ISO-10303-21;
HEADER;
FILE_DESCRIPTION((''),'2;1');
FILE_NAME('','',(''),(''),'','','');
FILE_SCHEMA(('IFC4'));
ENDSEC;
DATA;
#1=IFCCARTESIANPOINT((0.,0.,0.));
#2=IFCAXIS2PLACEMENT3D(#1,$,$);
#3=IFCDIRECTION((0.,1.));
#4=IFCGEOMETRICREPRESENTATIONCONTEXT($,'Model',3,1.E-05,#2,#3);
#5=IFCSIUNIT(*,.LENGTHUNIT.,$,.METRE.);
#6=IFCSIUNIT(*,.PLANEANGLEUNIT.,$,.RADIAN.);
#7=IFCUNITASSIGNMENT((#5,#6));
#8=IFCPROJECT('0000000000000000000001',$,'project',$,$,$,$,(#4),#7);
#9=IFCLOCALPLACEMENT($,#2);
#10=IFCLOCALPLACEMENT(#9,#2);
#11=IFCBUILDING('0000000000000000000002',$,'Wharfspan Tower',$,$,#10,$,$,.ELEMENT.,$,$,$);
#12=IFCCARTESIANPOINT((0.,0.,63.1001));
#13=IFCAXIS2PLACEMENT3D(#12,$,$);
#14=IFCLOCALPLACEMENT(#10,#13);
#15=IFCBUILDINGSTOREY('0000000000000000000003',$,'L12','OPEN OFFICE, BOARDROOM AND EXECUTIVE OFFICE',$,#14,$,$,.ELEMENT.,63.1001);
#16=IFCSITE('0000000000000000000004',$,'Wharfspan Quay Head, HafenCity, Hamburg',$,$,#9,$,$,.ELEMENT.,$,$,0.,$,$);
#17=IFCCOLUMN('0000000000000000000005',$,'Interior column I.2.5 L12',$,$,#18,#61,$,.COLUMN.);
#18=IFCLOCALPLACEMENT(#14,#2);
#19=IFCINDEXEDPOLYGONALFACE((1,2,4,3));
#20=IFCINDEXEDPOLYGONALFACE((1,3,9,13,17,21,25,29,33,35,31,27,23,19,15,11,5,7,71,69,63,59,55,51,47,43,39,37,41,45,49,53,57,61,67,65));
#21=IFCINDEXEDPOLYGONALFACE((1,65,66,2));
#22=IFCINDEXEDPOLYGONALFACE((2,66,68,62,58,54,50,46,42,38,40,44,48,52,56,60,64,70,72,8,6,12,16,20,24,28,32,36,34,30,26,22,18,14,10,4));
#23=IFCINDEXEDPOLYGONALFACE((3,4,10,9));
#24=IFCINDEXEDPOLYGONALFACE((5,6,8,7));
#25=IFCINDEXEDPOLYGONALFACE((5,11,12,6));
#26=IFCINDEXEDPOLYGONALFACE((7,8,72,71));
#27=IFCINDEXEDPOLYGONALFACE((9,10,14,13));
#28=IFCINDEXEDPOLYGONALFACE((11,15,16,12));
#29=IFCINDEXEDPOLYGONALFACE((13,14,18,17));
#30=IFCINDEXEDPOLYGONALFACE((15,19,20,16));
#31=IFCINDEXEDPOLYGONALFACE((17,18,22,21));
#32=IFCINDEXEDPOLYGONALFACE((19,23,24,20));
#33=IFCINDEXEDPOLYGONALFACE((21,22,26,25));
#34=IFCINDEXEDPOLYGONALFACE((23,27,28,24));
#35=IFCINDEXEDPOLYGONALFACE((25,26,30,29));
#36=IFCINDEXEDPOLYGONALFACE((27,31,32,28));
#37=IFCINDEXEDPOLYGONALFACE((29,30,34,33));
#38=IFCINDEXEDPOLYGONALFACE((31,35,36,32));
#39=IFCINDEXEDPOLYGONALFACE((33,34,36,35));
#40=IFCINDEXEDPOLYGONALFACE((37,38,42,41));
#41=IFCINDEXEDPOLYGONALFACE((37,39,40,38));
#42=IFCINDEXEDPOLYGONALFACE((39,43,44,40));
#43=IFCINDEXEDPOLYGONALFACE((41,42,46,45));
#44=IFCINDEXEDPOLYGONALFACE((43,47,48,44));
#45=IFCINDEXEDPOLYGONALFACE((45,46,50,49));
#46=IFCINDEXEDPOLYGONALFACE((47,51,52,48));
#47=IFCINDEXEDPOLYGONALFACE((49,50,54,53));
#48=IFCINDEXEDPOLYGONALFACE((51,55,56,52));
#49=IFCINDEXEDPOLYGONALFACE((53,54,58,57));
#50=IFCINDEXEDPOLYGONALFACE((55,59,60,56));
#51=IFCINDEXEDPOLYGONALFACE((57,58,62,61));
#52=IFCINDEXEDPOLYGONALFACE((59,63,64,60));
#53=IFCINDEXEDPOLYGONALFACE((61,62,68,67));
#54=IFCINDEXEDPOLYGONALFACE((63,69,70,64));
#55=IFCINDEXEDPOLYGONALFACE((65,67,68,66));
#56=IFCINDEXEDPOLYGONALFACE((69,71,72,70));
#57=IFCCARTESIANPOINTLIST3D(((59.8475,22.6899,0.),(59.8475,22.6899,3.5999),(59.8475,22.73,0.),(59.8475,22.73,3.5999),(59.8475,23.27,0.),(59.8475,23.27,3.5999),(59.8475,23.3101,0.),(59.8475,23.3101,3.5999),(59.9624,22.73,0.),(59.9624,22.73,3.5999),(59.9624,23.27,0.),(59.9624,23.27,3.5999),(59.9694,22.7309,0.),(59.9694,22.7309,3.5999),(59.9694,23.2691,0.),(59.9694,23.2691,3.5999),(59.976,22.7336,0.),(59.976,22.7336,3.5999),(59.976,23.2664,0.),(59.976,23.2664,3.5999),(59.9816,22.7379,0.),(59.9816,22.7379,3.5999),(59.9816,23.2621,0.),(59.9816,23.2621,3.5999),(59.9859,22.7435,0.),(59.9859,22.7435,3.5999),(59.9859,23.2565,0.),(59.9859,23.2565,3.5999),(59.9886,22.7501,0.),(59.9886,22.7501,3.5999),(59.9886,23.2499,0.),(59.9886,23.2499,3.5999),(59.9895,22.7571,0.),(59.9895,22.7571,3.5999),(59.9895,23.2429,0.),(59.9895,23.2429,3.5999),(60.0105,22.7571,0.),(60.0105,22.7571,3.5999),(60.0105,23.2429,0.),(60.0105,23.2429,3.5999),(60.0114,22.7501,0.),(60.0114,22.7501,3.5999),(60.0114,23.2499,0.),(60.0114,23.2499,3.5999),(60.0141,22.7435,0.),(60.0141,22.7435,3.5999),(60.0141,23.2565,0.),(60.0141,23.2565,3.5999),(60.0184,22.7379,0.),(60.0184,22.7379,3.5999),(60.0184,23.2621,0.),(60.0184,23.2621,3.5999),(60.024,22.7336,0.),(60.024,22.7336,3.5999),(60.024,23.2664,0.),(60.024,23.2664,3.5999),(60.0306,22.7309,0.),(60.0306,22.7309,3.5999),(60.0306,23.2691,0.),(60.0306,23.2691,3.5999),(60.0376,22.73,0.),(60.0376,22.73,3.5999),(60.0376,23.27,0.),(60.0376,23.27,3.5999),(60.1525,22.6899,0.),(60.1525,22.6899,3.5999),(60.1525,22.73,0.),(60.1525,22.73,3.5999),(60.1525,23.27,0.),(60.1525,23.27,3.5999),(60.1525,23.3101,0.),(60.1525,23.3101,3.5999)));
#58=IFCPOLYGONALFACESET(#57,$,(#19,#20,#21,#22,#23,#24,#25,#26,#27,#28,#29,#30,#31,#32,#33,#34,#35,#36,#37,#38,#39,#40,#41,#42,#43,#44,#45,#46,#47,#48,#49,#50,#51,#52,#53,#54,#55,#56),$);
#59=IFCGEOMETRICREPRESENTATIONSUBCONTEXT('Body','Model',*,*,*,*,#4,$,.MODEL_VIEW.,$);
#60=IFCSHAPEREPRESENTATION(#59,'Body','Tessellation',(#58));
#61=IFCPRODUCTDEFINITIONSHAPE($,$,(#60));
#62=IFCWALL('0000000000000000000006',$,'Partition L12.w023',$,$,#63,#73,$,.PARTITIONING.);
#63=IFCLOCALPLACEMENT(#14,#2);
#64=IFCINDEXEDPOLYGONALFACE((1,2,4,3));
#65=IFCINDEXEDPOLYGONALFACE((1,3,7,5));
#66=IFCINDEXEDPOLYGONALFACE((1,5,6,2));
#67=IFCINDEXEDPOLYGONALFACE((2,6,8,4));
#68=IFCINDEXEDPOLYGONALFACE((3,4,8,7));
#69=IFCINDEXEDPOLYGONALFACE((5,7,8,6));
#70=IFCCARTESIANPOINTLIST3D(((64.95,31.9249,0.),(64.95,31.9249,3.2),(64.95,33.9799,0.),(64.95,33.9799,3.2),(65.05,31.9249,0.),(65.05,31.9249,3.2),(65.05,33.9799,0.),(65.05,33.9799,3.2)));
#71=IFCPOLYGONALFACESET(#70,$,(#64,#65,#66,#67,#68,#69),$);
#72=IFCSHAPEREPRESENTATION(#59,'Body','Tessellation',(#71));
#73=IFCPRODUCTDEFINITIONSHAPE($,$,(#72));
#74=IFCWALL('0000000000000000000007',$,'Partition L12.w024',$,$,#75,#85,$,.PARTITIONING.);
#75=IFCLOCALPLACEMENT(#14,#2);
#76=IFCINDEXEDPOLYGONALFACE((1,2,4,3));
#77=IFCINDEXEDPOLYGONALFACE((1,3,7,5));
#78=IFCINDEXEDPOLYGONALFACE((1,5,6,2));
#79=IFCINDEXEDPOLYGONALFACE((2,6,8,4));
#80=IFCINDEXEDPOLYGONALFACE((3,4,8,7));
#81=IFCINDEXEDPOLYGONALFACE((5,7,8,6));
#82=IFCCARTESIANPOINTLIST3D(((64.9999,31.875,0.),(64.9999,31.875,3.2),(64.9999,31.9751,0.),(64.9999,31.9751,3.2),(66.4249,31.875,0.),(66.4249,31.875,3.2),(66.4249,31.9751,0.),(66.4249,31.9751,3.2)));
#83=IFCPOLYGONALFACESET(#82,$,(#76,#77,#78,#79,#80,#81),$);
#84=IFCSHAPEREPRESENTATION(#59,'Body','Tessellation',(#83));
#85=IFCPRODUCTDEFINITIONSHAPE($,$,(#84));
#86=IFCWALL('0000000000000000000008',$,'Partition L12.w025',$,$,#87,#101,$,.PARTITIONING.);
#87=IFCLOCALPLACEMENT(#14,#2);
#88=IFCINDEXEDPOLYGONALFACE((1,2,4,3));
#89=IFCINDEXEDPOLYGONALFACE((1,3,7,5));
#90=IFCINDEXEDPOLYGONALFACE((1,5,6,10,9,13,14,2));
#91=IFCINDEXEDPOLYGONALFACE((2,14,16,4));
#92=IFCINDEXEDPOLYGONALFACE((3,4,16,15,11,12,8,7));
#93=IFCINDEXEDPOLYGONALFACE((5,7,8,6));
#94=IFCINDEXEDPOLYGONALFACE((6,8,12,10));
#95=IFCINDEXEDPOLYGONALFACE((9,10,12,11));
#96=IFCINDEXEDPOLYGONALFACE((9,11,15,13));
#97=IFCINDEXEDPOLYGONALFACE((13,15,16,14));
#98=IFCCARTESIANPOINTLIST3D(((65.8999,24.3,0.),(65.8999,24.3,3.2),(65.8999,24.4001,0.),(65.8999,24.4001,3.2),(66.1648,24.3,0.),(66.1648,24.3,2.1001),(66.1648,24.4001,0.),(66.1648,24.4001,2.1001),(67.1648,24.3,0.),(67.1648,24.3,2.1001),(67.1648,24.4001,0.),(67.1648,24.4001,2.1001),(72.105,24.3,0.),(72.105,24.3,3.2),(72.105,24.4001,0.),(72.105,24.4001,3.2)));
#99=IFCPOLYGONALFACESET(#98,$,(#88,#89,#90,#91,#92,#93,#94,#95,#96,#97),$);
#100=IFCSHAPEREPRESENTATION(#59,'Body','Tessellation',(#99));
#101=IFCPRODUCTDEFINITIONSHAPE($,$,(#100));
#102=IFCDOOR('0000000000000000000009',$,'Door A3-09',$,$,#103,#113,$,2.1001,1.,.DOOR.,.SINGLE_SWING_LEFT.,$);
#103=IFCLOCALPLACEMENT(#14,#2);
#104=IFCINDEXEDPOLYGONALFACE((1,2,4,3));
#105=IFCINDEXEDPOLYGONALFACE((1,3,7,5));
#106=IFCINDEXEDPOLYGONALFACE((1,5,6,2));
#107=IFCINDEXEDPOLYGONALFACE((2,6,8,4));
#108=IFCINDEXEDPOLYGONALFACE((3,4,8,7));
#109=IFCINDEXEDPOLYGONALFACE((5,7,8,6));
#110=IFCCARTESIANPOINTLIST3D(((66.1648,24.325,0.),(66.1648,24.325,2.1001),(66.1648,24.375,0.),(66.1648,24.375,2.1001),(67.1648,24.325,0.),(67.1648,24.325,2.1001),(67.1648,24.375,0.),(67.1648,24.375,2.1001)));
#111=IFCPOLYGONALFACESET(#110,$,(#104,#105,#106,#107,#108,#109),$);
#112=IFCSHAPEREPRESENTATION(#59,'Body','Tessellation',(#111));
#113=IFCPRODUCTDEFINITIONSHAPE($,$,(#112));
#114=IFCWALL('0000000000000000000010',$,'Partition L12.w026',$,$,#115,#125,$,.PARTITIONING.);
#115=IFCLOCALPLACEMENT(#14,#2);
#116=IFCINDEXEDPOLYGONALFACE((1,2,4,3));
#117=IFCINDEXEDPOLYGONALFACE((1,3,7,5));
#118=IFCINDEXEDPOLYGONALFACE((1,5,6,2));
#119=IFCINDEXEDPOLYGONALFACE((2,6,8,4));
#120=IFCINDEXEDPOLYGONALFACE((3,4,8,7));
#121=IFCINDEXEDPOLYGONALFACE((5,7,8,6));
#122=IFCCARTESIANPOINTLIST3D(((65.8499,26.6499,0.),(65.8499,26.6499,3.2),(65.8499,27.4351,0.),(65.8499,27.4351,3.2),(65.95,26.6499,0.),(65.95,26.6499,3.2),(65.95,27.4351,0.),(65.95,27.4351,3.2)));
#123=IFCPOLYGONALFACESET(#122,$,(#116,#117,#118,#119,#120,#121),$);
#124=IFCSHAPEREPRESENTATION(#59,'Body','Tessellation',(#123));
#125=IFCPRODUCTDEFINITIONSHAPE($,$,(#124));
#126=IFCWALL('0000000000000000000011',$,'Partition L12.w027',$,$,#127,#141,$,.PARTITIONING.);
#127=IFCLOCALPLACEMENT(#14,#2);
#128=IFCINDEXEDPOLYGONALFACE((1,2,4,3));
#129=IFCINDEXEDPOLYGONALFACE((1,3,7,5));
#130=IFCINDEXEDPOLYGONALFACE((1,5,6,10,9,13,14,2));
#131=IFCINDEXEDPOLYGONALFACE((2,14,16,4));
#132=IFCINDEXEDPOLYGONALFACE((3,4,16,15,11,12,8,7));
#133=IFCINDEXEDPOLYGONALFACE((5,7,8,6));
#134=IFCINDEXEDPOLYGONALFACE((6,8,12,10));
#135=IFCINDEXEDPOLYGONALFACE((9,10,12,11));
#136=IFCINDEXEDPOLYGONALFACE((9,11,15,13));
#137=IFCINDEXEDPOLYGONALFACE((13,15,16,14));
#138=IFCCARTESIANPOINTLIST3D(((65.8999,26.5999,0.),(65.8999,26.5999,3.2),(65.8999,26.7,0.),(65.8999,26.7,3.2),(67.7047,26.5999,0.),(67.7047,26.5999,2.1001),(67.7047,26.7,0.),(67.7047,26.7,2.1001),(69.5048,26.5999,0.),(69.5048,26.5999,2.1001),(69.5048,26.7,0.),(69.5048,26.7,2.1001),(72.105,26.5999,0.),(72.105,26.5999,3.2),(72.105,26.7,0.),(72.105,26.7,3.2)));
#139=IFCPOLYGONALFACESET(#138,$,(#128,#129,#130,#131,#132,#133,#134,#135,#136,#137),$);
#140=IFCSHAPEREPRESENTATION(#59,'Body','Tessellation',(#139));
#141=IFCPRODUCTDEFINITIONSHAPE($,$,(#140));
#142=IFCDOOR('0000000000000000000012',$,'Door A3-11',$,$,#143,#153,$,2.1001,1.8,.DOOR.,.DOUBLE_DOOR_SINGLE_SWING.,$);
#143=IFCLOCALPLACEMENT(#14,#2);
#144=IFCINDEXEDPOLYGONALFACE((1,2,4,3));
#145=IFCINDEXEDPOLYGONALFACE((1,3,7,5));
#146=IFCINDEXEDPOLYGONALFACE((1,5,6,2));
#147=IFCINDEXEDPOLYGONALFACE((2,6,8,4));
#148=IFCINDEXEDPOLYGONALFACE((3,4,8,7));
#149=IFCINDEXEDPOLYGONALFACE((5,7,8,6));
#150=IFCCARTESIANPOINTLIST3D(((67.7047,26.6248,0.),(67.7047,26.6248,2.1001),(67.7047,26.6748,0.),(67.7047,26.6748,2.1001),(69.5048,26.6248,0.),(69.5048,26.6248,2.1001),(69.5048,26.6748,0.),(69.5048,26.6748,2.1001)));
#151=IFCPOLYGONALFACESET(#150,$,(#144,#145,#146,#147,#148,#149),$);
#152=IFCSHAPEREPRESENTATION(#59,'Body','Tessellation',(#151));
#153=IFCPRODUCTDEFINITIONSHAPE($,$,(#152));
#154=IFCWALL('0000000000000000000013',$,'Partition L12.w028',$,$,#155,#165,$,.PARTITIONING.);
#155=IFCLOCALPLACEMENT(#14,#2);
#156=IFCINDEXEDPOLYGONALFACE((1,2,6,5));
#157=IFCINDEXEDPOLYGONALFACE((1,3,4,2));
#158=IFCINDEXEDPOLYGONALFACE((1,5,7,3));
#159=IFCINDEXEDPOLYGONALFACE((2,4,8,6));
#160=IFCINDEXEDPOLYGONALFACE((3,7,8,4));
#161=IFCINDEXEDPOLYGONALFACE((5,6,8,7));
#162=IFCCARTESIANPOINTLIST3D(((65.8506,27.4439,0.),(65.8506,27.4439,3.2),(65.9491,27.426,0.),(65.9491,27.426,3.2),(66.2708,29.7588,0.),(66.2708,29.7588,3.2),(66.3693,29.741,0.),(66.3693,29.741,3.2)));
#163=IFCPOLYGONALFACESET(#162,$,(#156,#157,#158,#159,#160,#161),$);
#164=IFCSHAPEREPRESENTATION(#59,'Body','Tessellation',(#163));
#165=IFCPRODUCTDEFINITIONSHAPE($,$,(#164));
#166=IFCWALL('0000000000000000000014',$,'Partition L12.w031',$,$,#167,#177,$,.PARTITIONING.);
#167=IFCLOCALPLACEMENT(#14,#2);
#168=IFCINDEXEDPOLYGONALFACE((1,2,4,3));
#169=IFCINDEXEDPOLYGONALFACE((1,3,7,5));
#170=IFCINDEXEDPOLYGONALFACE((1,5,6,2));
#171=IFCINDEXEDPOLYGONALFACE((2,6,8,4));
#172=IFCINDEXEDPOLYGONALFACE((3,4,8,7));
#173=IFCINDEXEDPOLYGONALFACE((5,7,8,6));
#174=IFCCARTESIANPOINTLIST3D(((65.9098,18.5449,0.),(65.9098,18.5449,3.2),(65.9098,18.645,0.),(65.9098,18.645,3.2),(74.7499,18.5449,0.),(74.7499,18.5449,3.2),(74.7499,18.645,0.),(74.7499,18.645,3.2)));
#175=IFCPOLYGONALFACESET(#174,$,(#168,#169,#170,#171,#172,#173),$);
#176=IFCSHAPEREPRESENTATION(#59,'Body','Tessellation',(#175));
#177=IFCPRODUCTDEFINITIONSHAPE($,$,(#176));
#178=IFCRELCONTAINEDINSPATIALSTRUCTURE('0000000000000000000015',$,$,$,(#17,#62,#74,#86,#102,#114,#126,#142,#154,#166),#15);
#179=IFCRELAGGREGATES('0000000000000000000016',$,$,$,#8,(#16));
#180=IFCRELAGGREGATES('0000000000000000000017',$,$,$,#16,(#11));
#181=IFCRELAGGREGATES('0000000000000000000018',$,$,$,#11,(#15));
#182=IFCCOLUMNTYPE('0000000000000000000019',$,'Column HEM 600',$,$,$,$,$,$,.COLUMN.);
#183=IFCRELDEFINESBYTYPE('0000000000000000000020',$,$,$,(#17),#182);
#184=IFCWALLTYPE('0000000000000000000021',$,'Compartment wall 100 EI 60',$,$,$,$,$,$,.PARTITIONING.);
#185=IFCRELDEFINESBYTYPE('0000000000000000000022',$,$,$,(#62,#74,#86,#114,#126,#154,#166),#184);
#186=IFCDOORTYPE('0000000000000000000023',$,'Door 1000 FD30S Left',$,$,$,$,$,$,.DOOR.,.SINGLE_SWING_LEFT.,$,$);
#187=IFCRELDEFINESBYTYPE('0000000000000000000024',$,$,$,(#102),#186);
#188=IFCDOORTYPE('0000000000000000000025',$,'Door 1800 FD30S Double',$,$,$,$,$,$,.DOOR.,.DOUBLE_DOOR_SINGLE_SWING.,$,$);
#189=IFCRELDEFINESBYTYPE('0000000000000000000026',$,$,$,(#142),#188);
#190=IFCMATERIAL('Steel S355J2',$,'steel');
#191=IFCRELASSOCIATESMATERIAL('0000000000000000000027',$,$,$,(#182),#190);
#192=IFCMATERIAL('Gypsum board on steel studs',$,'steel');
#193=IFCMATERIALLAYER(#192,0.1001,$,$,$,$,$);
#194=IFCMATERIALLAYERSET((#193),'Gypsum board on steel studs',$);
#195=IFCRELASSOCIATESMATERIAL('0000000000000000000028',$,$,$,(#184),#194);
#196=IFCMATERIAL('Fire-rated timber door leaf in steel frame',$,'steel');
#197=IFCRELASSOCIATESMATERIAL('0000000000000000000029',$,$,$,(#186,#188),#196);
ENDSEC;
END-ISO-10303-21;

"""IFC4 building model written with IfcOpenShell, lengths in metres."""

from ifc_helpers import new_model, si_unit, direction, frame, frame_2d, origin, origin_2d, place, context, subcontext, project, spatial, rectangle, i_section, extrude, material, layer, layer_set, material_profile, profile_set, type_object, element, fill, save


model = new_model("IFC4")

# Units and contexts
model_context = context("Model", 3, precision=1e-05, world=origin(), true_north=direction((0.0, 1.0)))
body_context = subcontext(model_context, "Body", "Model", "MODEL_VIEW")
ifc_project = project(units=[si_unit("LENGTHUNIT", "METRE"), si_unit("PLANEANGLEUNIT", "RADIAN")], contexts=[model_context])

# Site, building, storey
site_placement = place(None, origin())
site = spatial("IfcSite", under=ifc_project, at=site_placement, Name="Wharfspan Quay Head, HafenCity, Hamburg", CompositionType="ELEMENT", RefElevation=0.0)
building_placement = place(site_placement, origin())
building = spatial("IfcBuilding", under=site, at=building_placement, Name="Wharfspan Tower", CompositionType="ELEMENT")
storey_placement = place(building_placement, frame((0.0, 0.0, 63.1001)))
storey = spatial("IfcBuildingStorey", under=building, at=storey_placement, Name="L12", Description="OPEN OFFICE, BOARDROOM AND EXECUTIVE OFFICE", CompositionType="ELEMENT", Elevation=63.1001)

# Column
ifc_material_1 = material(Name="Steel S355J2", Category="steel")
ifc_material_profile = material_profile(ifc_material_1, i_section(OverallWidth=0.3049, OverallDepth=0.6201, WebThickness=0.021, FlangeThickness=0.04, FilletRadius=0.0271, at=origin_2d()))
ifc_profile_set = profile_set([ifc_material_profile], Name="Steel S355J2")
column_type = type_object("IfcColumnType", Name="Column HEM 600", PredefinedType="COLUMN", material=ifc_profile_set)
column_placement = place(storey_placement, frame((60.0, 23.0, 0.0), z_axis=(0.0, 0.0, 1.0), x_axis=(1.0, 0.0, 0.0)))
element("IfcColumn", 1, at=column_placement, inside=storey, type_object=column_type, Name="Interior column I.2.5 L12", PredefinedType="COLUMN", context=body_context, shape_type="SweptSolid", body=[
    extrude(i_section(OverallWidth=0.3049, OverallDepth=0.6201, WebThickness=0.021, FlangeThickness=0.04, FilletRadius=0.0271, at=origin_2d()), origin(), (0.0, 0.0, 1.0), 3.5999),
])

# Walls
ifc_material_2 = material(Name="Gypsum board on steel studs", Category="steel")
ifc_layer_1 = layer(ifc_material_2, 0.1001)
ifc_layer_set_1 = layer_set([ifc_layer_1], Name="Gypsum board on steel studs")
wall_type_1 = type_object("IfcWallType", Name="Compartment wall 100 EI 60", PredefinedType="PARTITIONING", material=ifc_layer_set_1)
wall_1_placement = place(storey_placement, frame((65.0, 31.925, 0.0), z_axis=(0.0, 0.0, 1.0), x_axis=(0.0, 1.0, 0.0)))
element("IfcWall", 2, at=wall_1_placement, inside=storey, type_object=wall_type_1, Name="Partition L12.w023", PredefinedType="PARTITIONING", context=body_context, shape_type="SweptSolid", body=[
    extrude(rectangle(XDim=2.0549, YDim=0.1001, at=frame_2d((1.0273, 0.0))), origin(), (0.0, 0.0, 1.0), 3.2),
])
wall_2_placement = place(storey_placement, frame((65.0, 31.925, 0.0), z_axis=(0.0, 0.0, 1.0), x_axis=(1.0, 0.0, 0.0)))
element("IfcWall", 3, at=wall_2_placement, inside=storey, type_object=wall_type_1, Name="Partition L12.w024", PredefinedType="PARTITIONING", context=body_context, shape_type="SweptSolid", body=[
    extrude(rectangle(XDim=1.425, YDim=0.1001, at=frame_2d((0.7124, 0.0))), origin(), (0.0, 0.0, 1.0), 3.2),
])

# Wall, opening, door
wall_3_placement = place(storey_placement, frame((65.8999, 24.3501, 0.0), z_axis=(0.0, 0.0, 1.0), x_axis=(1.0, 0.0, 0.0)))
wall_3 = element("IfcWall", 4, at=wall_3_placement, inside=storey, type_object=wall_type_1, Name="Partition L12.w025", PredefinedType="PARTITIONING", context=body_context, shape_type="SweptSolid", body=[
    extrude(rectangle(XDim=6.2051, YDim=0.1001, at=frame_2d((3.1025, 0.0))), origin(), (0.0, 0.0, 1.0), 3.2),
])
opening_1_placement = place(wall_3_placement, frame((0.2649, 0.0, 0.0)))
opening_1 = element("IfcOpeningElement", 5, at=opening_1_placement, cuts=wall_3, PredefinedType="OPENING", context=body_context, shape_type="SweptSolid", body=[
    extrude(rectangle(XDim=1.0, YDim=2.1001, at=frame_2d((0.5, 1.05))), frame((0.0, 0.0601, 0.0), z_axis=(0.0, -1.0, 0.0), x_axis=(1.0, 0.0, 0.0)), (0.0, 0.0, 1.0), 0.1201),
])
ifc_material_3 = material(Name="Fire-rated timber door leaf in steel frame", Category="steel")
door_type_1 = type_object("IfcDoorType", Name="Door 1000 FD30S Left", OperationType="SINGLE_SWING_LEFT", PredefinedType="DOOR", material=ifc_material_3)
door_1_placement = place(opening_1_placement, origin())
door_1 = element("IfcDoor", 6, at=door_1_placement, inside=storey, type_object=door_type_1, Name="Door A3-09", OperationType="SINGLE_SWING_LEFT", OverallHeight=2.1001, OverallWidth=1.0, PredefinedType="DOOR", context=body_context, shape_type="SweptSolid", body=[
    extrude(rectangle(XDim=1.0, YDim=2.1001, at=frame_2d((0.5, 1.05))), frame((0.0, 0.0249, 0.0), z_axis=(0.0, -1.0, 0.0), x_axis=(1.0, 0.0, 0.0)), (0.0, 0.0, 1.0), 0.05),
])
fill(opening_1, door_1)

# Wall
wall_4_placement = place(storey_placement, frame((65.8999, 26.6499, 0.0), z_axis=(0.0, 0.0, 1.0), x_axis=(0.0, 1.0, 0.0)))
element("IfcWall", 7, at=wall_4_placement, inside=storey, type_object=wall_type_1, Name="Partition L12.w026", PredefinedType="PARTITIONING", context=body_context, shape_type="SweptSolid", body=[
    extrude(rectangle(XDim=0.7852, YDim=0.1001, at=frame_2d((0.3926, 0.0))), origin(), (0.0, 0.0, 1.0), 3.2),
])

# Wall, opening, door
wall_5_placement = place(storey_placement, frame((65.8999, 26.6499, 0.0), z_axis=(0.0, 0.0, 1.0), x_axis=(1.0, 0.0, 0.0)))
wall_5 = element("IfcWall", 8, at=wall_5_placement, inside=storey, type_object=wall_type_1, Name="Partition L12.w027", PredefinedType="PARTITIONING", context=body_context, shape_type="SweptSolid", body=[
    extrude(rectangle(XDim=6.2051, YDim=0.1001, at=frame_2d((3.1025, 0.0))), origin(), (0.0, 0.0, 1.0), 3.2),
])
opening_2_placement = place(wall_5_placement, frame((1.8049, 0.0, 0.0)))
opening_2 = element("IfcOpeningElement", 9, at=opening_2_placement, cuts=wall_5, PredefinedType="OPENING", context=body_context, shape_type="SweptSolid", body=[
    extrude(rectangle(XDim=1.8, YDim=2.1001, at=frame_2d((0.8999, 1.05))), frame((0.0, 0.0601, 0.0), z_axis=(0.0, -1.0, 0.0), x_axis=(1.0, 0.0, 0.0)), (0.0, 0.0, 1.0), 0.1201),
])
door_type_2 = type_object("IfcDoorType", Name="Door 1800 FD30S Double", OperationType="DOUBLE_DOOR_SINGLE_SWING", PredefinedType="DOOR", material=ifc_material_3)
door_2_placement = place(opening_2_placement, origin())
door_2 = element("IfcDoor", 10, at=door_2_placement, inside=storey, type_object=door_type_2, Name="Door A3-11", OperationType="DOUBLE_DOOR_SINGLE_SWING", OverallHeight=2.1001, OverallWidth=1.8, PredefinedType="DOOR", context=body_context, shape_type="SweptSolid", body=[
    extrude(rectangle(XDim=1.8, YDim=2.1001, at=frame_2d((0.8999, 1.05))), frame((0.0, 0.0249, 0.0), z_axis=(0.0, -1.0, 0.0), x_axis=(1.0, 0.0, 0.0)), (0.0, 0.0, 1.0), 0.05),
])
fill(opening_2, door_2)

# Walls
wall_6_placement = place(storey_placement, frame((65.8999, 27.4351, 0.0), z_axis=(0.0, 0.0, 1.0), x_axis=(0.178584, 0.983924, 0.0)))
element("IfcWall", 11, at=wall_6_placement, inside=storey, type_object=wall_type_1, Name="Partition L12.w028", PredefinedType="PARTITIONING", context=body_context, shape_type="SweptSolid", body=[
    extrude(rectangle(XDim=2.3528, YDim=0.1001, at=frame_2d((1.1763, 0.0))), origin(), (0.0, 0.0, 1.0), 3.2),
])
wall_7_placement = place(storey_placement, frame((65.9099, 18.595, 0.0), z_axis=(0.0, 0.0, 1.0), x_axis=(1.0, 0.0, 0.0)))
element("IfcWall", 12, at=wall_7_placement, inside=storey, type_object=wall_type_1, Name="Partition L12.w031", PredefinedType="PARTITIONING", context=body_context, shape_type="SweptSolid", body=[
    extrude(rectangle(XDim=8.8401, YDim=0.1001, at=frame_2d((4.4199, 0.0))), origin(), (0.0, 0.0, 1.0), 3.2),
])

save(model, "model.ifc")
